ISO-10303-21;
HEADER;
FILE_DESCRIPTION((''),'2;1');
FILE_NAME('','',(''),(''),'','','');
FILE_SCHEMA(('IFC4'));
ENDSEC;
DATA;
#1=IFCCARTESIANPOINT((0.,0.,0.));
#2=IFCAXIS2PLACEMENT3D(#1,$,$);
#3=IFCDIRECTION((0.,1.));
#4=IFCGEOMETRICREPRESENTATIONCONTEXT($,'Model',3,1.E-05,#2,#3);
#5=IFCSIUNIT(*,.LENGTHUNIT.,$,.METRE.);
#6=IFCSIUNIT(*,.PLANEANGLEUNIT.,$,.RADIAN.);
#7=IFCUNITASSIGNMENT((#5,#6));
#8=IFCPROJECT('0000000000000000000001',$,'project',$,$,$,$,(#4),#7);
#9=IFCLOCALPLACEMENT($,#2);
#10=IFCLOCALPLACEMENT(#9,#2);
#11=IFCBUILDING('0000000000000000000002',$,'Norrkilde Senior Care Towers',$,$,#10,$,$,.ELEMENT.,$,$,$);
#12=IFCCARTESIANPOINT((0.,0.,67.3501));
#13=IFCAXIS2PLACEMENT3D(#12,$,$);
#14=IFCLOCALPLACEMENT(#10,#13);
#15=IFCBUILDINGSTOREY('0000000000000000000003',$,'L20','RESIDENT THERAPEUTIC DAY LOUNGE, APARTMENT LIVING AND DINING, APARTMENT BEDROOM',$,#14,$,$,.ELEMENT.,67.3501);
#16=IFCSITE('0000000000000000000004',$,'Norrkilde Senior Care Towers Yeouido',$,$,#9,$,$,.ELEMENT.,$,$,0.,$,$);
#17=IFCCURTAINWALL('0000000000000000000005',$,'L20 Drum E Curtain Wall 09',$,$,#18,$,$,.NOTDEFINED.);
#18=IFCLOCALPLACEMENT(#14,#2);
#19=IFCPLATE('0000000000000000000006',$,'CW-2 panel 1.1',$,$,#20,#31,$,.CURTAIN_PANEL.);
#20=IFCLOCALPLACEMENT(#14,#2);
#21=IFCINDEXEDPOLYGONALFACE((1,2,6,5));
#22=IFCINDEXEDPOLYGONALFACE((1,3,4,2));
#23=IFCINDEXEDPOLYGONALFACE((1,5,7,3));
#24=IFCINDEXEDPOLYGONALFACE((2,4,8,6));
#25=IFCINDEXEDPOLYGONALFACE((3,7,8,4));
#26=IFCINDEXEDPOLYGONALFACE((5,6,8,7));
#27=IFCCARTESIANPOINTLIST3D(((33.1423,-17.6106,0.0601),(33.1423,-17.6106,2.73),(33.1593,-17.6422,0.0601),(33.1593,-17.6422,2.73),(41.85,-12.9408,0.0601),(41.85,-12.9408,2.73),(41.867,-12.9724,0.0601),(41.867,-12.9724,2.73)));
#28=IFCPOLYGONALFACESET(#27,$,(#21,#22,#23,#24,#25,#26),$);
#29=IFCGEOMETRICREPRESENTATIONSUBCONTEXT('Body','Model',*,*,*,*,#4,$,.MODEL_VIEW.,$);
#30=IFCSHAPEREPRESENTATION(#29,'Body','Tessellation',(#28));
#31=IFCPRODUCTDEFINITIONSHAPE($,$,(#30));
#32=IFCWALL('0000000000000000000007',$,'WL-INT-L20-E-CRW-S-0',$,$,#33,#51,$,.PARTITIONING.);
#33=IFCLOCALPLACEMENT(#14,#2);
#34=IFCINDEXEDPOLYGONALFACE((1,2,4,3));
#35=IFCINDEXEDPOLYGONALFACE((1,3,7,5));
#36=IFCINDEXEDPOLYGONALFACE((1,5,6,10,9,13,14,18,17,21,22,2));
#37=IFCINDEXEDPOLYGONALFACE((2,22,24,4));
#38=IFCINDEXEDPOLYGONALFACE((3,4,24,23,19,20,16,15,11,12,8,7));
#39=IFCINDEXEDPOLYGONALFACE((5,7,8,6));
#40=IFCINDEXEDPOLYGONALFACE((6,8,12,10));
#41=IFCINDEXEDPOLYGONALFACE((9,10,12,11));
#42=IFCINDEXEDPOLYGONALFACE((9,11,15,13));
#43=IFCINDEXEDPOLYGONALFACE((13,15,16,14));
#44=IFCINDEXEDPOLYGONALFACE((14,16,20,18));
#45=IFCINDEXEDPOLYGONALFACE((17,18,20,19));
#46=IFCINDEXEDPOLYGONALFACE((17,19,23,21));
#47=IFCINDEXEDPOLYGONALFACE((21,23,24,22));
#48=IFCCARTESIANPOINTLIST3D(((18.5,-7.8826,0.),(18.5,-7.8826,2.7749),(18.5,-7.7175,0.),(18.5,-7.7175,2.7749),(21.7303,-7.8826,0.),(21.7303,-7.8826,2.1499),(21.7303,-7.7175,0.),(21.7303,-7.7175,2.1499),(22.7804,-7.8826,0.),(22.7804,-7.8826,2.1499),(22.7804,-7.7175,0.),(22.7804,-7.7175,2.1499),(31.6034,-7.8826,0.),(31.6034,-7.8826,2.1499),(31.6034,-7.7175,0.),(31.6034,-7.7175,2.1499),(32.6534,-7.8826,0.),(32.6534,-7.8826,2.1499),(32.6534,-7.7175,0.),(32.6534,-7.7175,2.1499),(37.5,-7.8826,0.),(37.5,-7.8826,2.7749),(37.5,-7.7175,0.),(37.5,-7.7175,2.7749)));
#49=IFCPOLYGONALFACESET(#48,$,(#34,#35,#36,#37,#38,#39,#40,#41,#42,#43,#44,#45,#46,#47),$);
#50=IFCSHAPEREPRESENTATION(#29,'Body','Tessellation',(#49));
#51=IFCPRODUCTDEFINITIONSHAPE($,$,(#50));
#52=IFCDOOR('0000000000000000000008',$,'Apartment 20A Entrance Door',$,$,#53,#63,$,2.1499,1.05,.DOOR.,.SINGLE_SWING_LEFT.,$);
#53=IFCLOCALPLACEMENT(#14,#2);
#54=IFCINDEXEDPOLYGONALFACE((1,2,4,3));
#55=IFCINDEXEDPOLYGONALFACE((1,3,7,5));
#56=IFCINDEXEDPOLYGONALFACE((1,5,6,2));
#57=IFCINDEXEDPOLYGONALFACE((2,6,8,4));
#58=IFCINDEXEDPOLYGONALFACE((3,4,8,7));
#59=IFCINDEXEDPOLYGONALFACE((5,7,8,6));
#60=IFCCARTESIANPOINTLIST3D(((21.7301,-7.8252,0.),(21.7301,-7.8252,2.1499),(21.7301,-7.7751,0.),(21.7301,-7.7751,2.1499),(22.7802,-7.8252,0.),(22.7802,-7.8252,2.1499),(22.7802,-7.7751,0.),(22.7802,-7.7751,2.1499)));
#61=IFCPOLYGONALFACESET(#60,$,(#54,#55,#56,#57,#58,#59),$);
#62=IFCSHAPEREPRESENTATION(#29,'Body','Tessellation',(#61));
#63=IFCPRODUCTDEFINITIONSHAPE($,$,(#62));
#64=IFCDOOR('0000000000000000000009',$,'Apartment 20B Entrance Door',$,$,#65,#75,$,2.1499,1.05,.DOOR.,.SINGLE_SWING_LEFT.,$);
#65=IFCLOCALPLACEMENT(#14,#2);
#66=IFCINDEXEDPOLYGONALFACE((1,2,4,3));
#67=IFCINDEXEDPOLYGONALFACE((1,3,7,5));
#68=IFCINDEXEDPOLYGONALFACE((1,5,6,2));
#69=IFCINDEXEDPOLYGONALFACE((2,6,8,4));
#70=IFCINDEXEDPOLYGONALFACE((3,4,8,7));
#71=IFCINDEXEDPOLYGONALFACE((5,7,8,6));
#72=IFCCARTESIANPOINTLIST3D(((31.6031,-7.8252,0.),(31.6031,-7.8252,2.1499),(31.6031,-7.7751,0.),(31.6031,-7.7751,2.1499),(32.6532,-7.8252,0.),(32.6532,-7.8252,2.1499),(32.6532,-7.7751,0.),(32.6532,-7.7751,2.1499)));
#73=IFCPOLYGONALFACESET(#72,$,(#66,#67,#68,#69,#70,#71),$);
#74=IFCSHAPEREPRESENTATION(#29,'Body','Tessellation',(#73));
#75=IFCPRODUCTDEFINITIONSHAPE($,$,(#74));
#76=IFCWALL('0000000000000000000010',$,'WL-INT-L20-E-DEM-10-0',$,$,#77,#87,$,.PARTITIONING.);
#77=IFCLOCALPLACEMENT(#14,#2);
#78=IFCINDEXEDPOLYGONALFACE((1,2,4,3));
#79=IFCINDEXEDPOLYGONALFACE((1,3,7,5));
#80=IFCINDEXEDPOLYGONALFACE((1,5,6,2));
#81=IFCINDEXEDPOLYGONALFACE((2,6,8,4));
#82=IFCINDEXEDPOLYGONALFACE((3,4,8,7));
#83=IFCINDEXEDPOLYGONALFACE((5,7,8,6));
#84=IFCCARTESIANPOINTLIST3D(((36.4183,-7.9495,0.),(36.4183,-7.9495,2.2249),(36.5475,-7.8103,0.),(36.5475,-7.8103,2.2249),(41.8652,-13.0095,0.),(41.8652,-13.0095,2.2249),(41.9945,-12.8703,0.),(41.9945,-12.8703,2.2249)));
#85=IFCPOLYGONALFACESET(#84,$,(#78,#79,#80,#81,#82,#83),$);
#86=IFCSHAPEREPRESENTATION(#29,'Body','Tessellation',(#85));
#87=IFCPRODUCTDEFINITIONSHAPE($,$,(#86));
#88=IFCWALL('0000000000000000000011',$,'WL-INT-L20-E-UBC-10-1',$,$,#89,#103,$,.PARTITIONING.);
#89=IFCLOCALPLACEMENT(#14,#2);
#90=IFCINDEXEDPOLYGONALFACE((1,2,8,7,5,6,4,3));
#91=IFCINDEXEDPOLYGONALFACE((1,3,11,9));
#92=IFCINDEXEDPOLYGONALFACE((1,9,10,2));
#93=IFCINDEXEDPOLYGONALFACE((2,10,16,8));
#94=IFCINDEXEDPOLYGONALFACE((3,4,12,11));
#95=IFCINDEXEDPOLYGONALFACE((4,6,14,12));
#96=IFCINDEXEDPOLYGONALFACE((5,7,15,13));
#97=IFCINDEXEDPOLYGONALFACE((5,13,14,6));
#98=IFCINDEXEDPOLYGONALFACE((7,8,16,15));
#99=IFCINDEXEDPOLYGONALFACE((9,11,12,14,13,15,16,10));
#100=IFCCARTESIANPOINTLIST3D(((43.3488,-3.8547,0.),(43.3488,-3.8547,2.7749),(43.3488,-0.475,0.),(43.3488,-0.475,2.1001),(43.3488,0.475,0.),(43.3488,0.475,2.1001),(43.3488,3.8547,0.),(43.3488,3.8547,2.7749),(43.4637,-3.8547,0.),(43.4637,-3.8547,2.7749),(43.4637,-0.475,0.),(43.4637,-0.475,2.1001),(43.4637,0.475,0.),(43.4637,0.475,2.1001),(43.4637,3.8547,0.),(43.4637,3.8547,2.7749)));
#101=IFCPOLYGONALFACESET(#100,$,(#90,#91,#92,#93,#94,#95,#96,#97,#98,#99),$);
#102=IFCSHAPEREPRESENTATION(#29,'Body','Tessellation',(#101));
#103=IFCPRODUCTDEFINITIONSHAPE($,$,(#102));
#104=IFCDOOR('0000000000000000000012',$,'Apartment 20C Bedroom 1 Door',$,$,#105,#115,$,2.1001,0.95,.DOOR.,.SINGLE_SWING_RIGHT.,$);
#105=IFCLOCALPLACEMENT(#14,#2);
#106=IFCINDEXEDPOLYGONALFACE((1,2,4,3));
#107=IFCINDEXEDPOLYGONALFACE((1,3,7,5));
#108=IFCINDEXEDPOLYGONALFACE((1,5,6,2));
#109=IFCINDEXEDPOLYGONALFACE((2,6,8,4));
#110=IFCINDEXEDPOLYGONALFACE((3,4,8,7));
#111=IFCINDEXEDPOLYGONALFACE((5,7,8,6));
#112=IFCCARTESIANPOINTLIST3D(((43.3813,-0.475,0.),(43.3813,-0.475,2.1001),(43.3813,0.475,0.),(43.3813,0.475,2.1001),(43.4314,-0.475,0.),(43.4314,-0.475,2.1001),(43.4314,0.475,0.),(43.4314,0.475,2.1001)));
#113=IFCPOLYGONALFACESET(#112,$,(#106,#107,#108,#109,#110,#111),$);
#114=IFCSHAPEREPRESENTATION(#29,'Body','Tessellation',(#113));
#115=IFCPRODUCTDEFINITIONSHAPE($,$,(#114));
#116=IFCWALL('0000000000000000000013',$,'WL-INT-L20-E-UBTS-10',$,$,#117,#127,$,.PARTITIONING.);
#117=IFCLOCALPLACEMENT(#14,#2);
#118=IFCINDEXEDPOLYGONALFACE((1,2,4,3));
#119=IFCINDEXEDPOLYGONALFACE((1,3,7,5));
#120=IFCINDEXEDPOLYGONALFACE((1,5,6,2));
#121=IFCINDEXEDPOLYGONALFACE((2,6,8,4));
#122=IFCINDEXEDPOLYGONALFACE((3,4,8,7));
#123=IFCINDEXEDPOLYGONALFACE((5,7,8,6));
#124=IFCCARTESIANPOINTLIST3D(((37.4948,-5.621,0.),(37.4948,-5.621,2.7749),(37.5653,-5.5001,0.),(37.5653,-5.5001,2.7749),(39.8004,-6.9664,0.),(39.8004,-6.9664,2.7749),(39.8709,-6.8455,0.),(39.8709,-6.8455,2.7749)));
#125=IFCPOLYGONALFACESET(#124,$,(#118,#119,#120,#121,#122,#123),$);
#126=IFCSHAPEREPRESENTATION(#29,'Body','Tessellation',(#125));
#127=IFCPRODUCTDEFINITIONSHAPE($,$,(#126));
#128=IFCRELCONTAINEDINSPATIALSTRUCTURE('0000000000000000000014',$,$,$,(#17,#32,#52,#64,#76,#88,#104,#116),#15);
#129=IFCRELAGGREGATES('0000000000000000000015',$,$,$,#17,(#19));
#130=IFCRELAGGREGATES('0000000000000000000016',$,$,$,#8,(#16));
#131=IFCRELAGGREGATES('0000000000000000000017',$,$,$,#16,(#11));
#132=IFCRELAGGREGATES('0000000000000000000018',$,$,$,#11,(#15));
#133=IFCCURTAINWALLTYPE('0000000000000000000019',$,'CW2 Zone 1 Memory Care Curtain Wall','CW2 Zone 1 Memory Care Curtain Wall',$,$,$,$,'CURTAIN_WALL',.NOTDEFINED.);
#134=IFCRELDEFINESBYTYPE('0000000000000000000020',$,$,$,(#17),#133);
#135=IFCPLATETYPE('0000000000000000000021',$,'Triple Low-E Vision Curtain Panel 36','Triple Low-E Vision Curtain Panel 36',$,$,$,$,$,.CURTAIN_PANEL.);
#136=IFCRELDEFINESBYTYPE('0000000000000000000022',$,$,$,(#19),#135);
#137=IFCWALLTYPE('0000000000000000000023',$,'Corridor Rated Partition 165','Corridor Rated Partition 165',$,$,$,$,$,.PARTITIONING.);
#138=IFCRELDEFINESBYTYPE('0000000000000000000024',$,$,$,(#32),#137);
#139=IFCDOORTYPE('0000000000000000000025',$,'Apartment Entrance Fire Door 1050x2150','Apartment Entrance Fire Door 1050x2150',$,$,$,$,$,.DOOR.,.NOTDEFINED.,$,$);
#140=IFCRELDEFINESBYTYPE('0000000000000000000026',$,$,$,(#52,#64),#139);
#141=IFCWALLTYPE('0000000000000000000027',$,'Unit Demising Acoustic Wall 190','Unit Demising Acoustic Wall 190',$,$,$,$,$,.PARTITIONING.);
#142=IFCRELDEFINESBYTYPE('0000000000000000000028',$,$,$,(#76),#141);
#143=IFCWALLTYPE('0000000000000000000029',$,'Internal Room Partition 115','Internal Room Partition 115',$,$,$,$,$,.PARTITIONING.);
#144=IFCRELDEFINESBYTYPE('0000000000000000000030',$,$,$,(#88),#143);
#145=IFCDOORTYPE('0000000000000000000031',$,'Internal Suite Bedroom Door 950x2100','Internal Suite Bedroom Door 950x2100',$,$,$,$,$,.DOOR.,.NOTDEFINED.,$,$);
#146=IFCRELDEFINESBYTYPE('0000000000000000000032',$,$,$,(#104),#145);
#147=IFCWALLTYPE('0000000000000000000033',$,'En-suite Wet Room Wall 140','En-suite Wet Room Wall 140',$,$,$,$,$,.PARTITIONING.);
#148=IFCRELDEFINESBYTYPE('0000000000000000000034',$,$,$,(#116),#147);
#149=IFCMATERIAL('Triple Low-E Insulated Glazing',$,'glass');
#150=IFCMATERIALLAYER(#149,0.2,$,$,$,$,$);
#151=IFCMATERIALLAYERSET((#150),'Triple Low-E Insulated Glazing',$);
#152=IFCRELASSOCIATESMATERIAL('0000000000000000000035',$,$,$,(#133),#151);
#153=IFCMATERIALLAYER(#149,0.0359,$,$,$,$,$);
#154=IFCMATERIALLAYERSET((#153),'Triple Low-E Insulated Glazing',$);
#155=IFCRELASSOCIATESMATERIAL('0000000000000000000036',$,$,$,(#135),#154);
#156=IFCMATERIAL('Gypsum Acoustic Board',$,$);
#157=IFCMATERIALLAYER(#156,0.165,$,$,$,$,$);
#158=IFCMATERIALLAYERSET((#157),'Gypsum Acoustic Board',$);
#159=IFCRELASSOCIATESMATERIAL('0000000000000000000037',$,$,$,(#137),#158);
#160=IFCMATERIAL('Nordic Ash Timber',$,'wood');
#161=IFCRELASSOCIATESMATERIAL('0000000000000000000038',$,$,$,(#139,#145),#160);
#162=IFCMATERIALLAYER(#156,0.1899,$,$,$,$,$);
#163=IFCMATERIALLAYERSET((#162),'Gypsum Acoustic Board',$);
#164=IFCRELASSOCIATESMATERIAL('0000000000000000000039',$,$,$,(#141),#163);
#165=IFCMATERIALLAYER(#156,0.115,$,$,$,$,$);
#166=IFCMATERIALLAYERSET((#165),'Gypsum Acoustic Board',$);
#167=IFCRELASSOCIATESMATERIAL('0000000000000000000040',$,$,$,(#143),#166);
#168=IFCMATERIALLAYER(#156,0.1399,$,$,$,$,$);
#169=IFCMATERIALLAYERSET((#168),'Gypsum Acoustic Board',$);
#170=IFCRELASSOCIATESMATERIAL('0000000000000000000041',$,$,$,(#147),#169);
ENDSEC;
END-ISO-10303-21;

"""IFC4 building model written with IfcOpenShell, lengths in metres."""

from ifc_helpers import new_model, si_unit, direction, frame, frame_2d, origin, origin_2d, place, context, subcontext, project, spatial, rectangle, extrude, source, transform, mapped, material, layer, layer_set, type_object, type_shapes, element, fill, aggregate, save


model = new_model("IFC4")

# Units and contexts
model_context = context("Model", 3, precision=1e-05, world=origin(), true_north=direction((0.0, 1.0)))
body_context = subcontext(model_context, "Body", "Model", "MODEL_VIEW")
ifc_project = project(units=[si_unit("LENGTHUNIT", "METRE"), si_unit("PLANEANGLEUNIT", "RADIAN")], contexts=[model_context])

# Site, building, storey
site_placement = place(None, origin())
site = spatial("IfcSite", under=ifc_project, at=site_placement, Name="Norrkilde Senior Care Towers Yeouido", CompositionType="ELEMENT", RefElevation=0.0)
building_placement = place(site_placement, origin())
building = spatial("IfcBuilding", under=site, at=building_placement, Name="Norrkilde Senior Care Towers", CompositionType="ELEMENT")
storey_placement = place(building_placement, frame((0.0, 0.0, 67.3501)))
storey = spatial("IfcBuildingStorey", under=building, at=storey_placement, Name="L20", Description="RESIDENT THERAPEUTIC DAY LOUNGE, APARTMENT LIVING AND DINING, APARTMENT BEDROOM", CompositionType="ELEMENT", Elevation=67.3501)

# Curtain wall
ifc_material_1 = material(Name="Triple Low-E Insulated Glazing", Category="glass")
ifc_layer_1 = layer(ifc_material_1, 0.2)
ifc_layer_set_1 = layer_set([ifc_layer_1], Name="Triple Low-E Insulated Glazing")
curtain_wall_type = type_object("IfcCurtainWallType", Name="CW2 Zone 1 Memory Care Curtain Wall", Description="CW2 Zone 1 Memory Care Curtain Wall", ElementType="CURTAIN_WALL", PredefinedType="NOTDEFINED", material=ifc_layer_set_1)
curtain_wall_1_placement = place(storey_placement, origin())
curtain_wall_1 = element("IfcCurtainWall", 1, at=curtain_wall_1_placement, inside=storey, type_object=curtain_wall_type, Name="L20 Drum E Curtain Wall 09", PredefinedType="NOTDEFINED")

# Plate
ifc_layer_2 = layer(ifc_material_1, 0.0359)
ifc_layer_set_2 = layer_set([ifc_layer_2], Name="Triple Low-E Insulated Glazing")
plate_type = type_object("IfcPlateType", Name="Triple Low-E Vision Curtain Panel 36", Description="Triple Low-E Vision Curtain Panel 36", PredefinedType="CURTAIN_PANEL", material=ifc_layer_set_2)
shared_shape_1 = source(origin(), body_context, "Body", "SweptSolid", [
    extrude(rectangle(XDim=9.8809, YDim=0.0359, at=origin_2d()), origin(), (0.0, 0.0, 1.0), 2.6699),
])
plate_1_placement = place(storey_placement, frame((37.5046, -15.2915, 0.0601), z_axis=(0.0, 0.0, 1.0), x_axis=(-0.881273, -0.472608, 0.0)))
plate_1 = element("IfcPlate", 2, at=plate_1_placement, type_object=plate_type, Name="CW-2 panel 1.1", PredefinedType="CURTAIN_PANEL", context=body_context, shape_type="MappedRepresentation", body=[
    mapped(shared_shape_1, transform((0.0, 0.0, 0.0), x_axis=(1.0, 0.0, 0.0), y_axis=(0.0, 1.0, 0.0), z_axis=(0.0, 0.0, 1.0), scale=1.0)),
])
aggregate(curtain_wall_1, [plate_1])

# Wall, openings, doors
ifc_material_2 = material(Name="Gypsum Acoustic Board")
ifc_layer_3 = layer(ifc_material_2, 0.165)
ifc_layer_set_3 = layer_set([ifc_layer_3], Name="Gypsum Acoustic Board")
wall_type_1 = type_object("IfcWallType", Name="Corridor Rated Partition 165", Description="Corridor Rated Partition 165", PredefinedType="PARTITIONING", material=ifc_layer_set_3)
shared_shape_2 = source(origin(), body_context, "Body", "SweptSolid", [
    extrude(rectangle(XDim=19.0, YDim=0.165, at=frame_2d((9.5, 0.0))), origin(), (0.0, 0.0, 1.0), 2.7749),
])
type_shapes(wall_type_1, [shared_shape_2])
wall_1_placement = place(storey_placement, frame((37.5, -7.8, 0.0), z_axis=(0.0, 0.0, 1.0), x_axis=(-1.0, 0.0, 0.0)))
wall_1 = element("IfcWall", 3, at=wall_1_placement, inside=storey, type_object=wall_type_1, Name="WL-INT-L20-E-CRW-S-0", PredefinedType="PARTITIONING", context=body_context, shape_type="MappedRepresentation", body=[
    mapped(shared_shape_2, transform((0.0, 0.0, 0.0), x_axis=(1.0, 0.0, 0.0), y_axis=(0.0, 1.0, 0.0), z_axis=(0.0, 0.0, 1.0), scale=1.0)),
])
opening_1_placement = place(wall_1_placement, frame((14.7197, 0.0, 0.0)))
opening_1 = element("IfcOpeningElement", 4, at=opening_1_placement, cuts=wall_1, PredefinedType="OPENING", context=body_context, shape_type="SweptSolid", body=[
    extrude(rectangle(XDim=1.05, YDim=2.1499, at=frame_2d((0.5249, 1.075))), frame((0.0, 0.0925, 0.0), z_axis=(0.0, -1.0, 0.0), x_axis=(1.0, 0.0, 0.0)), (0.0, 0.0, 1.0), 0.1851),
])
opening_2_placement = place(wall_1_placement, frame((4.8467, 0.0, 0.0)))
opening_2 = element("IfcOpeningElement", 5, at=opening_2_placement, cuts=wall_1, PredefinedType="OPENING", context=body_context, shape_type="SweptSolid", body=[
    extrude(rectangle(XDim=1.05, YDim=2.1499, at=frame_2d((0.5249, 1.075))), frame((0.0, 0.0925, 0.0), z_axis=(0.0, -1.0, 0.0), x_axis=(1.0, 0.0, 0.0)), (0.0, 0.0, 1.0), 0.1851),
])
ifc_material_3 = material(Name="Nordic Ash Timber", Category="wood")
door_type_1 = type_object("IfcDoorType", Name="Apartment Entrance Fire Door 1050x2150", Description="Apartment Entrance Fire Door 1050x2150", OperationType="NOTDEFINED", PredefinedType="DOOR", material=ifc_material_3)
shared_shape_3 = source(origin(), body_context, "Body", "SweptSolid", [
    extrude(rectangle(XDim=1.05, YDim=2.1499, at=frame_2d((0.5249, 1.075))), frame((0.0, 0.0249, 0.0), z_axis=(0.0, -1.0, 0.0), x_axis=(1.0, 0.0, 0.0)), (0.0, 0.0, 1.0), 0.05),
])
type_shapes(door_type_1, [shared_shape_3])
door_1_placement = place(opening_1_placement, frame((1.05, 0.0, 0.0), z_axis=(0.0, 0.0, 1.0), x_axis=(-1.0, 0.0, 0.0)))
door_1 = element("IfcDoor", 6, at=door_1_placement, inside=storey, type_object=door_type_1, Name="Apartment 20A Entrance Door", OperationType="SINGLE_SWING_LEFT", OverallHeight=2.1499, OverallWidth=1.05, PredefinedType="DOOR", context=body_context, shape_type="MappedRepresentation", body=[
    mapped(shared_shape_3, transform((0.0, 0.0, 0.0), x_axis=(1.0, 0.0, 0.0), y_axis=(0.0, 1.0, 0.0), z_axis=(0.0, 0.0, 1.0), scale=1.0)),
])
fill(opening_1, door_1)
door_2_placement = place(opening_2_placement, frame((1.05, 0.0, 0.0), z_axis=(0.0, 0.0, 1.0), x_axis=(-1.0, 0.0, 0.0)))
door_2 = element("IfcDoor", 7, at=door_2_placement, inside=storey, type_object=door_type_1, Name="Apartment 20B Entrance Door", OperationType="SINGLE_SWING_LEFT", OverallHeight=2.1499, OverallWidth=1.05, PredefinedType="DOOR", context=body_context, shape_type="MappedRepresentation", body=[
    mapped(shared_shape_3, transform((0.0, 0.0, 0.0), x_axis=(1.0, 0.0, 0.0), y_axis=(0.0, 1.0, 0.0), z_axis=(0.0, 0.0, 1.0), scale=1.0)),
])
fill(opening_2, door_2)

# Wall
ifc_layer_4 = layer(ifc_material_2, 0.1899)
ifc_layer_set_4 = layer_set([ifc_layer_4], Name="Gypsum Acoustic Board")
wall_type_2 = type_object("IfcWallType", Name="Unit Demising Acoustic Wall 190", Description="Unit Demising Acoustic Wall 190", PredefinedType="PARTITIONING", material=ifc_layer_set_4)
shared_shape_4 = source(origin(), body_context, "Body", "SweptSolid", [
    extrude(rectangle(XDim=7.4346, YDim=0.1899, at=frame_2d((3.7173, 0.0))), origin(), (0.0, 0.0, 1.0), 2.2249),
])
type_shapes(wall_type_2, [shared_shape_4])
wall_2_placement = place(storey_placement, frame((36.4829, -7.8799, 0.0), z_axis=(0.0, 0.0, 1.0), x_axis=(0.732652, -0.680603, 0.0)))
element("IfcWall", 8, at=wall_2_placement, inside=storey, type_object=wall_type_2, Name="WL-INT-L20-E-DEM-10-0", PredefinedType="PARTITIONING", context=body_context, shape_type="MappedRepresentation", body=[
    mapped(shared_shape_4, transform((0.0, 0.0, 0.0), x_axis=(1.0, 0.0, 0.0), y_axis=(0.0, 1.0, 0.0), z_axis=(0.0, 0.0, 1.0), scale=1.0)),
])

# Wall, opening, door
ifc_layer_5 = layer(ifc_material_2, 0.115)
ifc_layer_set_5 = layer_set([ifc_layer_5], Name="Gypsum Acoustic Board")
wall_type_3 = type_object("IfcWallType", Name="Internal Room Partition 115", Description="Internal Room Partition 115", PredefinedType="PARTITIONING", material=ifc_layer_set_5)
shared_shape_5 = source(origin(), body_context, "Body", "SweptSolid", [
    extrude(rectangle(XDim=7.7095, YDim=0.115, at=frame_2d((3.8547, 0.0))), origin(), (0.0, 0.0, 1.0), 2.7749),
])
wall_3_placement = place(storey_placement, frame((43.4062, -3.8547, 0.0), z_axis=(0.0, 0.0, 1.0), x_axis=(0.0, 1.0, 0.0)))
wall_3 = element("IfcWall", 9, at=wall_3_placement, inside=storey, type_object=wall_type_3, Name="WL-INT-L20-E-UBC-10-1", PredefinedType="PARTITIONING", context=body_context, shape_type="MappedRepresentation", body=[
    mapped(shared_shape_5, transform((0.0, 0.0, 0.0), x_axis=(1.0, 0.0, 0.0), y_axis=(0.0, 1.0, 0.0), z_axis=(0.0, 0.0, 1.0), scale=1.0)),
])
opening_3_placement = place(wall_3_placement, frame((3.3796, 0.0, 0.0)))
opening_3 = element("IfcOpeningElement", 10, at=opening_3_placement, cuts=wall_3, PredefinedType="OPENING", context=body_context, shape_type="SweptSolid", body=[
    extrude(rectangle(XDim=0.95, YDim=2.1001, at=frame_2d((0.4751, 1.05))), frame((0.0, 0.0674, 0.0), z_axis=(0.0, -1.0, 0.0), x_axis=(1.0, 0.0, 0.0)), (0.0, 0.0, 1.0), 0.135),
])
door_type_2 = type_object("IfcDoorType", Name="Internal Suite Bedroom Door 950x2100", Description="Internal Suite Bedroom Door 950x2100", OperationType="NOTDEFINED", PredefinedType="DOOR", material=ifc_material_3)
shared_shape_6 = source(origin(), body_context, "Body", "SweptSolid", [
    extrude(rectangle(XDim=0.95, YDim=2.1001, at=frame_2d((0.4751, 1.05))), frame((0.0, 0.0249, 0.0), z_axis=(0.0, -1.0, 0.0), x_axis=(1.0, 0.0, 0.0)), (0.0, 0.0, 1.0), 0.05),
])
type_shapes(door_type_2, [shared_shape_6])
door_3_placement = place(opening_3_placement, origin())
door_3 = element("IfcDoor", 11, at=door_3_placement, inside=storey, type_object=door_type_2, Name="Apartment 20C Bedroom 1 Door", OperationType="SINGLE_SWING_RIGHT", OverallHeight=2.1001, OverallWidth=0.95, PredefinedType="DOOR", context=body_context, shape_type="MappedRepresentation", body=[
    mapped(shared_shape_6, transform((0.0, 0.0, 0.0), x_axis=(1.0, 0.0, 0.0), y_axis=(0.0, 1.0, 0.0), z_axis=(0.0, 0.0, 1.0), scale=1.0)),
])
fill(opening_3, door_3)

# Wall
ifc_layer_6 = layer(ifc_material_2, 0.1399)
ifc_layer_set_6 = layer_set([ifc_layer_6], Name="Gypsum Acoustic Board")
wall_type_4 = type_object("IfcWallType", Name="En-suite Wet Room Wall 140", Description="En-suite Wet Room Wall 140", PredefinedType="PARTITIONING", material=ifc_layer_set_6)
shared_shape_7 = source(origin(), body_context, "Body", "SweptSolid", [
    extrude(rectangle(XDim=2.6694, YDim=0.1399, at=frame_2d((1.3347, 0.0))), origin(), (0.0, 0.0, 1.0), 2.7749),
])
wall_4_placement = place(storey_placement, frame((37.53, -5.5605, 0.0), z_axis=(0.0, 0.0, 1.0), x_axis=(0.863699, -0.504007, 0.0)))
element("IfcWall", 12, at=wall_4_placement, inside=storey, type_object=wall_type_4, Name="WL-INT-L20-E-UBTS-10", PredefinedType="PARTITIONING", context=body_context, shape_type="MappedRepresentation", body=[
    mapped(shared_shape_7, transform((0.0, 0.0, 0.0), x_axis=(1.0, 0.0, 0.0), y_axis=(0.0, 1.0, 0.0), z_axis=(0.0, 0.0, 1.0), scale=1.0)),
])

save(model, "model.ifc")
